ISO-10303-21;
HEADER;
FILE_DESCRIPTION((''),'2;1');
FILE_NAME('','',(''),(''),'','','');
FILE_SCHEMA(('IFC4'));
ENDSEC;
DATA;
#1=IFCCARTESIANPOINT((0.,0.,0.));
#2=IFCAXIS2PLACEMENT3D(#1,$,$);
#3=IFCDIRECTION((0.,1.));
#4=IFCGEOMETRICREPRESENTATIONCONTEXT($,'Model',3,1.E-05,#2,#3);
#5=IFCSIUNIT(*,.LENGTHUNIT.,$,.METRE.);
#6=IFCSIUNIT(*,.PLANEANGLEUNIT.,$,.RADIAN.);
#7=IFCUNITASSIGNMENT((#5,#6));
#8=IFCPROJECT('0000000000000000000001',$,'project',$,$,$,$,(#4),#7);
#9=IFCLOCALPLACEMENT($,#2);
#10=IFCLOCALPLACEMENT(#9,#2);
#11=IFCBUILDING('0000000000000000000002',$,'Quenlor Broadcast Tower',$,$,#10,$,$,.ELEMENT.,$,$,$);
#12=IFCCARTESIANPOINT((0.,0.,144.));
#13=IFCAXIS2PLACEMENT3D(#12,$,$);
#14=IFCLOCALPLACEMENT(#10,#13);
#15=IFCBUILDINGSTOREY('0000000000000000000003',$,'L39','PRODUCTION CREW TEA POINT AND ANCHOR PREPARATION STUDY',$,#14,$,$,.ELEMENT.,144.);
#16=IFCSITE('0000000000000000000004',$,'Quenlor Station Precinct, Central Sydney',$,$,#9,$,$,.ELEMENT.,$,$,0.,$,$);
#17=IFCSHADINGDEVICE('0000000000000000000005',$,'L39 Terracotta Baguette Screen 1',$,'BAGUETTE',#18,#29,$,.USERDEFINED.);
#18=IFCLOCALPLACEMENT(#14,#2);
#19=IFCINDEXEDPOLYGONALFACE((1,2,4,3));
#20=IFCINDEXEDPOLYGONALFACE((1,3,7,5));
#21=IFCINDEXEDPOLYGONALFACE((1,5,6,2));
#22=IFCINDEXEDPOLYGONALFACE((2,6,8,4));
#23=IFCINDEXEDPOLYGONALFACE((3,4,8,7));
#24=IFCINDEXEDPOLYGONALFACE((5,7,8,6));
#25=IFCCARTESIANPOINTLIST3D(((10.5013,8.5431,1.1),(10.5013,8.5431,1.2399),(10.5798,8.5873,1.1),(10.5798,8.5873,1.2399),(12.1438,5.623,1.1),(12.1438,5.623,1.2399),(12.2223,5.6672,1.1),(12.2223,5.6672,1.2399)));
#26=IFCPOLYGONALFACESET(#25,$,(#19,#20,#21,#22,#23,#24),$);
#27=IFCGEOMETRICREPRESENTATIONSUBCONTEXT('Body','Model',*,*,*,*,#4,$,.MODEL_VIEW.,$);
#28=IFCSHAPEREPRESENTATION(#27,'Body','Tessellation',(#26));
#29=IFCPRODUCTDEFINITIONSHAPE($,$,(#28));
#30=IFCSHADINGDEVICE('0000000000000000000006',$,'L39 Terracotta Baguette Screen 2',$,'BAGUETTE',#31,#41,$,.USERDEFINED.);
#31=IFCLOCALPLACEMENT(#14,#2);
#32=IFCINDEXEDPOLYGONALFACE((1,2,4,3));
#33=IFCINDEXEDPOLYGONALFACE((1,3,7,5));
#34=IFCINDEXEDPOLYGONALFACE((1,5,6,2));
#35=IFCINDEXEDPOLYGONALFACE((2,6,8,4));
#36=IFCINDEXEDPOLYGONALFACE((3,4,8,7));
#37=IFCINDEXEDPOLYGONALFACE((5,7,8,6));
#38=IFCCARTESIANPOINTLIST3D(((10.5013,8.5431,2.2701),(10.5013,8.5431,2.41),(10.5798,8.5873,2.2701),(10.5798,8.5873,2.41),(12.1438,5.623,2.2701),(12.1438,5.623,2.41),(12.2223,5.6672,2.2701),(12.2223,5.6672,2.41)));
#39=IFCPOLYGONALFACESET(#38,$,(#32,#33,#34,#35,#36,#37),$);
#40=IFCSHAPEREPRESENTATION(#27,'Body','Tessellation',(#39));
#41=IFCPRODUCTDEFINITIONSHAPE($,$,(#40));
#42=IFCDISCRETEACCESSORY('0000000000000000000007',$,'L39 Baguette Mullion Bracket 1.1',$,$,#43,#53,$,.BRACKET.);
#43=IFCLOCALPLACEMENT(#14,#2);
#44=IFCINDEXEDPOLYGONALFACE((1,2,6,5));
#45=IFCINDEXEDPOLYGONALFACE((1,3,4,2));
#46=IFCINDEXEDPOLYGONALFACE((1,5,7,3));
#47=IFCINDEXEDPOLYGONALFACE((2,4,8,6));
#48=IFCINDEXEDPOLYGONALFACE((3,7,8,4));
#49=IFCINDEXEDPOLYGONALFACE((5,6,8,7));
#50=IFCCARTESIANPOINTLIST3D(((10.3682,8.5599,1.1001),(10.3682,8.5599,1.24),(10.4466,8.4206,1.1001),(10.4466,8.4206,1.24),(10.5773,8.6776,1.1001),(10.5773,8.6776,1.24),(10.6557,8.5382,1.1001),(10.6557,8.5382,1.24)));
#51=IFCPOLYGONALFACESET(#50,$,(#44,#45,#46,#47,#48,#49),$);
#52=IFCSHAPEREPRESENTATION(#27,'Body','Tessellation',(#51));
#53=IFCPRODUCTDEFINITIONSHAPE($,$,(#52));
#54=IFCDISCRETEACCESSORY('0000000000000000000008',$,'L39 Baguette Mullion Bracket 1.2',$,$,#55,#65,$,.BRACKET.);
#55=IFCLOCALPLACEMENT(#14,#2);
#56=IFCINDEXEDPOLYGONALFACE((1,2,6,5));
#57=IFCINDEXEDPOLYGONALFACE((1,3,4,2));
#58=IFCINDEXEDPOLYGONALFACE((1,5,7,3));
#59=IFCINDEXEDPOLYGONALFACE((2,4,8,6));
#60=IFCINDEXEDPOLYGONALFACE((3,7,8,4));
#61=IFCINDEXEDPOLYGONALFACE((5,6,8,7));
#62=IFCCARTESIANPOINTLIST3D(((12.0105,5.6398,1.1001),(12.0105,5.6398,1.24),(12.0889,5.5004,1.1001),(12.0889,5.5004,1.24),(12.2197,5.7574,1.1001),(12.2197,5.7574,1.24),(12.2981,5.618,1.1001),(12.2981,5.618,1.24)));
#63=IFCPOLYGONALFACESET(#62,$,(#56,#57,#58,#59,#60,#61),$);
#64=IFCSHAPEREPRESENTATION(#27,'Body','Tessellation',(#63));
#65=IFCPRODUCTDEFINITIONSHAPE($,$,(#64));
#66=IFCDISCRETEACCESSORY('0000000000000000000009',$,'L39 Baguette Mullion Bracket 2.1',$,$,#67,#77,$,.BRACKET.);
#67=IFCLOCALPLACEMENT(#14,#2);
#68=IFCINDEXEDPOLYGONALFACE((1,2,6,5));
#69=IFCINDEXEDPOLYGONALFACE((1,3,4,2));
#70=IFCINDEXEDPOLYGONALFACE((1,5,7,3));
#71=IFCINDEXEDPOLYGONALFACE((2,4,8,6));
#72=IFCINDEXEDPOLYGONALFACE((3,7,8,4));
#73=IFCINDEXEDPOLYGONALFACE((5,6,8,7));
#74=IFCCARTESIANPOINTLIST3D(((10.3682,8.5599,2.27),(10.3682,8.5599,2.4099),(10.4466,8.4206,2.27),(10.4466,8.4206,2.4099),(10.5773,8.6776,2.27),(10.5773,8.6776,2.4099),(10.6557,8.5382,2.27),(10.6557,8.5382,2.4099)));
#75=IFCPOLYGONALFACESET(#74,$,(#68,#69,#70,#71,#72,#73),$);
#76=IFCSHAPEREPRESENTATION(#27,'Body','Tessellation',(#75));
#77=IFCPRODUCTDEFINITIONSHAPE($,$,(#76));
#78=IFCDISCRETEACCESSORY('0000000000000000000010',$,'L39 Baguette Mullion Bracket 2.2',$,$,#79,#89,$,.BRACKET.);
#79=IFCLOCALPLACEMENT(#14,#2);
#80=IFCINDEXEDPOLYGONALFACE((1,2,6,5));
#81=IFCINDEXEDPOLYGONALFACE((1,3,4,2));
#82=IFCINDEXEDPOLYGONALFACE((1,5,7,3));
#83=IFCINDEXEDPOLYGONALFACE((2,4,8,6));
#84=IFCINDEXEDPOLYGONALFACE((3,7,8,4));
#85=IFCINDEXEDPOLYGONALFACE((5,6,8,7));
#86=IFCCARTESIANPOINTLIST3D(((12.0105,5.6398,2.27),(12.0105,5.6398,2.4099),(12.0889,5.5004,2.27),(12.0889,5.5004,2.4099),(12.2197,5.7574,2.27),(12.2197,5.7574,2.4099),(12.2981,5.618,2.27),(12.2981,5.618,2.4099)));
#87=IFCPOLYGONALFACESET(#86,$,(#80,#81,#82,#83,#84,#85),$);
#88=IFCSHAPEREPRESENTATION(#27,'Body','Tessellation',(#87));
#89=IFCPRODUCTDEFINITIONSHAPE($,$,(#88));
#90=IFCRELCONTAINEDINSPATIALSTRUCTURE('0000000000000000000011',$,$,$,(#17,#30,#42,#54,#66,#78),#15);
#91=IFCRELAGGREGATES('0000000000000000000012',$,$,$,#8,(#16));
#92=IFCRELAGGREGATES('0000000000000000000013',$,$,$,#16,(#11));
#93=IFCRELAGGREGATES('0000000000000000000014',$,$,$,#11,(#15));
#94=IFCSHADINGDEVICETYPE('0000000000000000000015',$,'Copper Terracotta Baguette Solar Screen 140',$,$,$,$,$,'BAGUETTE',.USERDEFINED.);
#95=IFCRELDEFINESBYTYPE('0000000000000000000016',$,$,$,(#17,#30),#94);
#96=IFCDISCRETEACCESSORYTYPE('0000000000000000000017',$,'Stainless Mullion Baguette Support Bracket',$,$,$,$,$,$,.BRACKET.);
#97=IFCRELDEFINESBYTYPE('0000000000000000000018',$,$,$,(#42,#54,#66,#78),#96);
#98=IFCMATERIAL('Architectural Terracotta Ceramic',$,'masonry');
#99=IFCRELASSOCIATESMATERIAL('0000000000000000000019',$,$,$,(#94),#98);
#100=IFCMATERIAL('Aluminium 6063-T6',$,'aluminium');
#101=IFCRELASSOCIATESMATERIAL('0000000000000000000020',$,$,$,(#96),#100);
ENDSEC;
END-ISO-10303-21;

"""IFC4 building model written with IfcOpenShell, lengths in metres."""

from ifc_helpers import new_model, si_unit, direction, frame, origin, origin_2d, place, context, subcontext, project, spatial, rectangle, extrude, material, material_profile, profile_set, type_object, element, save


model = new_model("IFC4")

# Units and contexts
model_context = context("Model", 3, precision=1e-05, world=origin(), true_north=direction((0.0, 1.0)))
body_context = subcontext(model_context, "Body", "Model", "MODEL_VIEW")
ifc_project = project(units=[si_unit("LENGTHUNIT", "METRE"), si_unit("PLANEANGLEUNIT", "RADIAN")], contexts=[model_context])

# Site, building, storey
site_placement = place(None, origin())
site = spatial("IfcSite", under=ifc_project, at=site_placement, Name="Quenlor Station Precinct, Central Sydney", CompositionType="ELEMENT", RefElevation=0.0)
building_placement = place(site_placement, origin())
building = spatial("IfcBuilding", under=site, at=building_placement, Name="Quenlor Broadcast Tower", CompositionType="ELEMENT")
storey_placement = place(building_placement, frame((0.0, 0.0, 144.0)))
storey = spatial("IfcBuildingStorey", under=building, at=storey_placement, Name="L39", Description="PRODUCTION CREW TEA POINT AND ANCHOR PREPARATION STUDY", CompositionType="ELEMENT", Elevation=144.0)

# Shading devices
ifc_material_1 = material(Name="Architectural Terracotta Ceramic", Category="masonry")
ifc_material_profile_1 = material_profile(ifc_material_1, rectangle(XDim=0.0901, YDim=0.1399, at=origin_2d()))
ifc_profile_set_1 = profile_set([ifc_material_profile_1], Name="Architectural Terracotta Ceramic BAG90x140")
shading_device_type = type_object("IfcShadingDeviceType", Name="Copper Terracotta Baguette Solar Screen 140", ElementType="BAGUETTE", PredefinedType="USERDEFINED", material=ifc_profile_set_1)
for number, where, z_axis, x_axis, name in (
    (1, (10.5405, 8.5652, 1.1699), (0.490258, -0.871577, 0.0), (0.871577, 0.490258, 0.0), "L39 Terracotta Baguette Screen 1"),
    (2, (10.5405, 8.5652, 2.3401), (0.490258, -0.871577, 0.0), (0.871577, 0.490258, 0.0), "L39 Terracotta Baguette Screen 2"),
):
    element("IfcShadingDevice", number, at=place(storey_placement, frame(where, z_axis=z_axis, x_axis=x_axis)), inside=storey, type_object=shading_device_type, Name=name, ObjectType="BAGUETTE", PredefinedType="USERDEFINED", context=body_context, shape_type="SweptSolid", body=[
        extrude(rectangle(XDim=0.0901, YDim=0.1399, at=origin_2d()), origin(), (0.0, 0.0, 1.0), 3.3503),
    ])

# Discrete accessories
ifc_material_2 = material(Name="Aluminium 6063-T6", Category="aluminium")
discrete_accessory_type = type_object("IfcDiscreteAccessoryType", Name="Stainless Mullion Baguette Support Bracket", PredefinedType="BRACKET", material=ifc_material_2)
for number, where, z_axis, x_axis, name in (
    (3, (10.512, 8.5491, 1.1001), (0.0, 0.0, 1.0), (0.490256, -0.871579, 0.0), "L39 Baguette Mullion Bracket 1.1"),
    (4, (12.1543, 5.6289, 1.1001), (0.0, 0.0, 1.0), (0.490256, -0.871579, 0.0), "L39 Baguette Mullion Bracket 1.2"),
    (5, (10.512, 8.5491, 2.27), (0.0, 0.0, 1.0), (0.490256, -0.871579, 0.0), "L39 Baguette Mullion Bracket 2.1"),
    (6, (12.1543, 5.6289, 2.27), (0.0, 0.0, 1.0), (0.490256, -0.871579, 0.0), "L39 Baguette Mullion Bracket 2.2"),
):
    element("IfcDiscreteAccessory", number, at=place(storey_placement, frame(where, z_axis=z_axis, x_axis=x_axis)), inside=storey, type_object=discrete_accessory_type, Name=name, PredefinedType="BRACKET", context=body_context, shape_type="SweptSolid", body=[
        extrude(rectangle(XDim=0.1599, YDim=0.24, at=origin_2d()), origin(), (0.0, 0.0, 1.0), 0.1399),
    ])

save(model, "model.ifc")
